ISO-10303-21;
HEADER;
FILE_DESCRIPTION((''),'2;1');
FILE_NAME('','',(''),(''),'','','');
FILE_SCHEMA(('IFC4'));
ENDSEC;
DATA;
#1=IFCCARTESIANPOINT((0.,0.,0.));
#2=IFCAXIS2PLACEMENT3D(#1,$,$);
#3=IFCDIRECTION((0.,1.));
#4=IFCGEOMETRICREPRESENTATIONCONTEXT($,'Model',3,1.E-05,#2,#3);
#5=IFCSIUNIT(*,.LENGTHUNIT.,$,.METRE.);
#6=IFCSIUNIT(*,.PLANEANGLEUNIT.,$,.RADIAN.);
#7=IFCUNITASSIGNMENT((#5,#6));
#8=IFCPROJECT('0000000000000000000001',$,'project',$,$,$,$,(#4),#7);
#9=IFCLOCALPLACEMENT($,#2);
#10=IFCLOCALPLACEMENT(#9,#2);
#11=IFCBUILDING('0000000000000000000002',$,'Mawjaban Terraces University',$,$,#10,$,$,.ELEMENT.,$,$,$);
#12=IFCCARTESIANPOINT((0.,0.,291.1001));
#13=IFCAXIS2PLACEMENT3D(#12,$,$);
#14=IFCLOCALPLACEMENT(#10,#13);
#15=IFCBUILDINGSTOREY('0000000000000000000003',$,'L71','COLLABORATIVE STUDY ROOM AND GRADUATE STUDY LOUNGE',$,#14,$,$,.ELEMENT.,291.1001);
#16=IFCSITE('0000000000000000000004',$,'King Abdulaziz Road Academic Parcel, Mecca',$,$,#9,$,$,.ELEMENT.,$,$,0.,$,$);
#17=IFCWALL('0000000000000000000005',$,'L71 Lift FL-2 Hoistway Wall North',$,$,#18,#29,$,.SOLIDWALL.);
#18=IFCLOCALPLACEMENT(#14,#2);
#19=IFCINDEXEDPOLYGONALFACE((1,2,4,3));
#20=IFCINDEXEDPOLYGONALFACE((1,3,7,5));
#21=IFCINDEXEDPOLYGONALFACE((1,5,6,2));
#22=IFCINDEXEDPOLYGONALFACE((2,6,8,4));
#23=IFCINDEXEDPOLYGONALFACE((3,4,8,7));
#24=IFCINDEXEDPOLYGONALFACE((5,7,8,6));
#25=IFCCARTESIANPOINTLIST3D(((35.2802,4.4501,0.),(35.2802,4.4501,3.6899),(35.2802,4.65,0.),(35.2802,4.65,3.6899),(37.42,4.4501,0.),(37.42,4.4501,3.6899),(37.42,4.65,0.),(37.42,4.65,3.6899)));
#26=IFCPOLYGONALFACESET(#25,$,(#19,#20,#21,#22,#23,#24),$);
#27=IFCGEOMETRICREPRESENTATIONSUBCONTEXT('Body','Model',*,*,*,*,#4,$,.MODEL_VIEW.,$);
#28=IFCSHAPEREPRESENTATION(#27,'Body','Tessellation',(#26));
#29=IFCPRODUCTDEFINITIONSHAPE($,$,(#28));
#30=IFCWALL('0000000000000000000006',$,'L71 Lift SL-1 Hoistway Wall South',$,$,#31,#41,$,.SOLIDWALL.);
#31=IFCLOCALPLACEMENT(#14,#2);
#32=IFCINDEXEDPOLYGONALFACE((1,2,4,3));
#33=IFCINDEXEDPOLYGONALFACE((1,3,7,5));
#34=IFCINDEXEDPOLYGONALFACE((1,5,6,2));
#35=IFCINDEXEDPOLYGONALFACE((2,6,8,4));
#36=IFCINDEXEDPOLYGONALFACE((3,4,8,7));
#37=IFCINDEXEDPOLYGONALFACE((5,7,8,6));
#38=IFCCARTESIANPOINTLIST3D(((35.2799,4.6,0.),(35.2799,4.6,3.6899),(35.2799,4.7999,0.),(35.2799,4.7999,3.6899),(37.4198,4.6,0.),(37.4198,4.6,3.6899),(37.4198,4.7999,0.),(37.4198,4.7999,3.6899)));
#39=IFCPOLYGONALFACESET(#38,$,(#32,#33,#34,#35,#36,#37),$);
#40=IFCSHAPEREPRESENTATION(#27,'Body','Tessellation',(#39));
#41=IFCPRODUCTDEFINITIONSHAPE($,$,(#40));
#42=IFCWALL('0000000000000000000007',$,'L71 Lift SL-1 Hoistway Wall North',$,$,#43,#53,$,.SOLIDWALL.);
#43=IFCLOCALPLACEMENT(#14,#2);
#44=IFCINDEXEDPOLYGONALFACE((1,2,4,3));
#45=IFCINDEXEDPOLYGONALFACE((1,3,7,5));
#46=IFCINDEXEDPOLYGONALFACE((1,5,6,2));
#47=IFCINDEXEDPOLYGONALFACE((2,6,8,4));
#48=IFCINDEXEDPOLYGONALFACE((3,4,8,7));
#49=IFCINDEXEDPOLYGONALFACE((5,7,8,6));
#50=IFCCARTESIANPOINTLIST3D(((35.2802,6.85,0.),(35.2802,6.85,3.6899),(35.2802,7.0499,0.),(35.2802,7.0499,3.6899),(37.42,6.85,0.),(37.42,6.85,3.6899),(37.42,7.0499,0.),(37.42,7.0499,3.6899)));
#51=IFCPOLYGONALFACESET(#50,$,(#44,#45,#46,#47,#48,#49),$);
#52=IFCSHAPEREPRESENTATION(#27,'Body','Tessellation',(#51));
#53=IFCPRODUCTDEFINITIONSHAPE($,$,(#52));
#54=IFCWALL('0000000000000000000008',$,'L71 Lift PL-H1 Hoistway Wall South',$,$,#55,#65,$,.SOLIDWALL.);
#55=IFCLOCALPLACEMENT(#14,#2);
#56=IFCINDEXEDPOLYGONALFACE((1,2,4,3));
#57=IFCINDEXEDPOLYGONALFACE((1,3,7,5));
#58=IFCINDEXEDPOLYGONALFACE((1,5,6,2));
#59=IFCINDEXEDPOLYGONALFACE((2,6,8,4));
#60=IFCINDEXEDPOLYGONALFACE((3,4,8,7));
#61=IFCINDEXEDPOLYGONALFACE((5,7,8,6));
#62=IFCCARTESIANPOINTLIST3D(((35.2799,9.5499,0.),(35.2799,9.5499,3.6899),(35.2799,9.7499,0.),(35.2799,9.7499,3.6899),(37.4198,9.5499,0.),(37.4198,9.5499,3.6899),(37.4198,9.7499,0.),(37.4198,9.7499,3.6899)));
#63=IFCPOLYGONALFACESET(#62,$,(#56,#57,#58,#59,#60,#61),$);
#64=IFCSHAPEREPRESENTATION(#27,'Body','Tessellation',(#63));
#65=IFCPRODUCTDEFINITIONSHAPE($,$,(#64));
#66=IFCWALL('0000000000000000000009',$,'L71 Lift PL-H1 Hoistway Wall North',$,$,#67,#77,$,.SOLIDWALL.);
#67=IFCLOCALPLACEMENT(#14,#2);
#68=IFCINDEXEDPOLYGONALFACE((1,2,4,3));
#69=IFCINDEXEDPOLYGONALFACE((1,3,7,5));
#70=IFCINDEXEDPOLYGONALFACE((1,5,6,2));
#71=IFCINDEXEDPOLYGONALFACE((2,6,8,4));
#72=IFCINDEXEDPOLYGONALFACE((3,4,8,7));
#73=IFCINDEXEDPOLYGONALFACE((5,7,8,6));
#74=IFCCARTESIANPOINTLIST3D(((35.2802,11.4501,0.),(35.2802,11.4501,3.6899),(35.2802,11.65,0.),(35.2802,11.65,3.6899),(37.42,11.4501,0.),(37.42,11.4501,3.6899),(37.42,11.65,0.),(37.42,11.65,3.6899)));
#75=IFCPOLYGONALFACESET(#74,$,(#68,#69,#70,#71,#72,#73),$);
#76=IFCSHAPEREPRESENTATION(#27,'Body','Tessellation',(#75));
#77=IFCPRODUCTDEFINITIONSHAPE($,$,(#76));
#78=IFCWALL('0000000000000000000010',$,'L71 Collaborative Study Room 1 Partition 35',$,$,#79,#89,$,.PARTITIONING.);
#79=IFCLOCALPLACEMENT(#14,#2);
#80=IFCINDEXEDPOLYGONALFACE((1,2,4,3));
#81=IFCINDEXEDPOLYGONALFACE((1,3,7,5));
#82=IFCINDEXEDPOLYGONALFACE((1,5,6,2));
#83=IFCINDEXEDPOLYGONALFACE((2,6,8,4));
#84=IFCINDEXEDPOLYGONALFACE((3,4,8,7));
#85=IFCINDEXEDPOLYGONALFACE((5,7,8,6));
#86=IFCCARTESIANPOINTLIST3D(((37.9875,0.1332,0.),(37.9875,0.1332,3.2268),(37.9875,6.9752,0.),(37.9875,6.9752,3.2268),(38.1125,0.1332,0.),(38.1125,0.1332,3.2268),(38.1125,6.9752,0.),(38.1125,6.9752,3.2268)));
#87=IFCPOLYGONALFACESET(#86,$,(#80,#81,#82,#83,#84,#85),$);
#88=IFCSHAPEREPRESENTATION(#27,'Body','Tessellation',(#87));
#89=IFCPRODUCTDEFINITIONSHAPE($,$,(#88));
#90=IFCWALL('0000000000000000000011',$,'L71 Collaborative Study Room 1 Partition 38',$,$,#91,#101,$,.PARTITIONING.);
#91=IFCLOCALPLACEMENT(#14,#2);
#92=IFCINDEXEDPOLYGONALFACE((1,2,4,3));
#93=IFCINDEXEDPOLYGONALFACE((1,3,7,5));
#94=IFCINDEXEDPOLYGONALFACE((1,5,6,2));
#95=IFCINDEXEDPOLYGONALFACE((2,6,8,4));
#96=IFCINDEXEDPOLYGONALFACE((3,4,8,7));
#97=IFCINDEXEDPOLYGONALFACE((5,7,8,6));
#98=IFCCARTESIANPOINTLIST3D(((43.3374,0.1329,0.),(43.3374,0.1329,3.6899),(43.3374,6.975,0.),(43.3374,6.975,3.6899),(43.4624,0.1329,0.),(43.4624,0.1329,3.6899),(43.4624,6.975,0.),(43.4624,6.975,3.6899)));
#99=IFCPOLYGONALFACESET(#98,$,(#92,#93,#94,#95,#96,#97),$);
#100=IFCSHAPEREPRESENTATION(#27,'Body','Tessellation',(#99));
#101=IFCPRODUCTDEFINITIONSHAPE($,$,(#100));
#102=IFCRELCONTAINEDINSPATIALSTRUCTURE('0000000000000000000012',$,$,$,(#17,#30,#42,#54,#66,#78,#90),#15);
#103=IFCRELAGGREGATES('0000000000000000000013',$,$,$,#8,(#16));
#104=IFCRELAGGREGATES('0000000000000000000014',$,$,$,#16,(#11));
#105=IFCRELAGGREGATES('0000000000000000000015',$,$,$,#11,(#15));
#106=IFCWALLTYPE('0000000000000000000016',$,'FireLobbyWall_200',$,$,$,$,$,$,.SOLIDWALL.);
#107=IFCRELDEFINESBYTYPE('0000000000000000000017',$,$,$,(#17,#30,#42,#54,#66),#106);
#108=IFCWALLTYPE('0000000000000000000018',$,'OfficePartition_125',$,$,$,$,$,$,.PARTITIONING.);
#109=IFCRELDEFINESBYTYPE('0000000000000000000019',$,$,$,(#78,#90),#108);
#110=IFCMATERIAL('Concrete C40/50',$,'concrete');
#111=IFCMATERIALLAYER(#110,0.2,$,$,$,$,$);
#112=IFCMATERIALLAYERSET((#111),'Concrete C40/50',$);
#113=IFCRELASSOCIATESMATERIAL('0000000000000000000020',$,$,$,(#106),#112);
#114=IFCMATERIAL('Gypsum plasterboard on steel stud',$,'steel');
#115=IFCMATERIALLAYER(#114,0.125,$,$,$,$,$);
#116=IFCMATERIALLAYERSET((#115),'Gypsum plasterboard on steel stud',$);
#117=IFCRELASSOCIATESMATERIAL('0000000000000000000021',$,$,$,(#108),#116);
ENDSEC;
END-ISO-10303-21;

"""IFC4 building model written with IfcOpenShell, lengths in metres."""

from ifc_helpers import new_model, si_unit, direction, frame, frame_2d, origin, place, context, subcontext, project, spatial, rectangle, extrude, material, layer, layer_set, type_object, element, save


model = new_model("IFC4")

# Units and contexts
model_context = context("Model", 3, precision=1e-05, world=origin(), true_north=direction((0.0, 1.0)))
body_context = subcontext(model_context, "Body", "Model", "MODEL_VIEW")
ifc_project = project(units=[si_unit("LENGTHUNIT", "METRE"), si_unit("PLANEANGLEUNIT", "RADIAN")], contexts=[model_context])

# Site, building, storey
site_placement = place(None, origin())
site = spatial("IfcSite", under=ifc_project, at=site_placement, Name="King Abdulaziz Road Academic Parcel, Mecca", CompositionType="ELEMENT", RefElevation=0.0)
building_placement = place(site_placement, origin())
building = spatial("IfcBuilding", under=site, at=building_placement, Name="Mawjaban Terraces University", CompositionType="ELEMENT")
storey_placement = place(building_placement, frame((0.0, 0.0, 291.1001)))
storey = spatial("IfcBuildingStorey", under=building, at=storey_placement, Name="L71", Description="COLLABORATIVE STUDY ROOM AND GRADUATE STUDY LOUNGE", CompositionType="ELEMENT", Elevation=291.1001)

# Walls
ifc_material_1 = material(Name="Concrete C40/50", Category="concrete")
ifc_layer_1 = layer(ifc_material_1, 0.2)
ifc_layer_set_1 = layer_set([ifc_layer_1], Name="Concrete C40/50")
wall_type_1 = type_object("IfcWallType", Name="FireLobbyWall_200", PredefinedType="SOLIDWALL", material=ifc_layer_set_1)
for number, where, z_axis, x_axis, name in (
    (1, (37.4199, 4.55, 0.0), (0.0, 0.0, 1.0), (-1.0, 0.0, 0.0), "L71 Lift FL-2 Hoistway Wall North"),
    (2, (35.28, 4.7, 0.0), (0.0, 0.0, 1.0), (1.0, 0.0, 0.0), "L71 Lift SL-1 Hoistway Wall South"),
    (3, (37.4199, 6.95, 0.0), (0.0, 0.0, 1.0), (-1.0, 0.0, 0.0), "L71 Lift SL-1 Hoistway Wall North"),
    (4, (35.28, 9.6499, 0.0), (0.0, 0.0, 1.0), (1.0, 0.0, 0.0), "L71 Lift PL-H1 Hoistway Wall South"),
    (5, (37.4199, 11.55, 0.0), (0.0, 0.0, 1.0), (-1.0, 0.0, 0.0), "L71 Lift PL-H1 Hoistway Wall North"),
):
    element("IfcWall", number, at=place(storey_placement, frame(where, z_axis=z_axis, x_axis=x_axis)), inside=storey, type_object=wall_type_1, Name=name, PredefinedType="SOLIDWALL", context=body_context, shape_type="SweptSolid", body=[
        extrude(rectangle(XDim=2.1399, YDim=0.2, at=frame_2d((1.0698, 0.0))), origin(), (0.0, 0.0, 1.0), 3.6899),
    ])
ifc_material_2 = material(Name="Gypsum plasterboard on steel stud", Category="steel")
ifc_layer_2 = layer(ifc_material_2, 0.125)
ifc_layer_set_2 = layer_set([ifc_layer_2], Name="Gypsum plasterboard on steel stud")
wall_type_2 = type_object("IfcWallType", Name="OfficePartition_125", PredefinedType="PARTITIONING", material=ifc_layer_set_2)
wall_1_placement = place(storey_placement, frame((38.05, 6.9751, 0.0), z_axis=(0.0, 0.0, 1.0), x_axis=(0.0, -1.0, 0.0)))
element("IfcWall", 6, at=wall_1_placement, inside=storey, type_object=wall_type_2, Name="L71 Collaborative Study Room 1 Partition 35", PredefinedType="PARTITIONING", context=body_context, shape_type="SweptSolid", body=[
    extrude(rectangle(XDim=6.842, YDim=0.125, at=frame_2d((3.4209, 0.0))), origin(), (0.0, 0.0, 1.0), 3.2268),
])
wall_2_placement = place(storey_placement, frame((43.3999, 0.1331, 0.0), z_axis=(0.0, 0.0, 1.0), x_axis=(0.0, 1.0, 0.0)))
element("IfcWall", 7, at=wall_2_placement, inside=storey, type_object=wall_type_2, Name="L71 Collaborative Study Room 1 Partition 38", PredefinedType="PARTITIONING", context=body_context, shape_type="SweptSolid", body=[
    extrude(rectangle(XDim=6.842, YDim=0.125, at=frame_2d((3.4209, 0.0))), origin(), (0.0, 0.0, 1.0), 3.6899),
])

save(model, "model.ifc")
